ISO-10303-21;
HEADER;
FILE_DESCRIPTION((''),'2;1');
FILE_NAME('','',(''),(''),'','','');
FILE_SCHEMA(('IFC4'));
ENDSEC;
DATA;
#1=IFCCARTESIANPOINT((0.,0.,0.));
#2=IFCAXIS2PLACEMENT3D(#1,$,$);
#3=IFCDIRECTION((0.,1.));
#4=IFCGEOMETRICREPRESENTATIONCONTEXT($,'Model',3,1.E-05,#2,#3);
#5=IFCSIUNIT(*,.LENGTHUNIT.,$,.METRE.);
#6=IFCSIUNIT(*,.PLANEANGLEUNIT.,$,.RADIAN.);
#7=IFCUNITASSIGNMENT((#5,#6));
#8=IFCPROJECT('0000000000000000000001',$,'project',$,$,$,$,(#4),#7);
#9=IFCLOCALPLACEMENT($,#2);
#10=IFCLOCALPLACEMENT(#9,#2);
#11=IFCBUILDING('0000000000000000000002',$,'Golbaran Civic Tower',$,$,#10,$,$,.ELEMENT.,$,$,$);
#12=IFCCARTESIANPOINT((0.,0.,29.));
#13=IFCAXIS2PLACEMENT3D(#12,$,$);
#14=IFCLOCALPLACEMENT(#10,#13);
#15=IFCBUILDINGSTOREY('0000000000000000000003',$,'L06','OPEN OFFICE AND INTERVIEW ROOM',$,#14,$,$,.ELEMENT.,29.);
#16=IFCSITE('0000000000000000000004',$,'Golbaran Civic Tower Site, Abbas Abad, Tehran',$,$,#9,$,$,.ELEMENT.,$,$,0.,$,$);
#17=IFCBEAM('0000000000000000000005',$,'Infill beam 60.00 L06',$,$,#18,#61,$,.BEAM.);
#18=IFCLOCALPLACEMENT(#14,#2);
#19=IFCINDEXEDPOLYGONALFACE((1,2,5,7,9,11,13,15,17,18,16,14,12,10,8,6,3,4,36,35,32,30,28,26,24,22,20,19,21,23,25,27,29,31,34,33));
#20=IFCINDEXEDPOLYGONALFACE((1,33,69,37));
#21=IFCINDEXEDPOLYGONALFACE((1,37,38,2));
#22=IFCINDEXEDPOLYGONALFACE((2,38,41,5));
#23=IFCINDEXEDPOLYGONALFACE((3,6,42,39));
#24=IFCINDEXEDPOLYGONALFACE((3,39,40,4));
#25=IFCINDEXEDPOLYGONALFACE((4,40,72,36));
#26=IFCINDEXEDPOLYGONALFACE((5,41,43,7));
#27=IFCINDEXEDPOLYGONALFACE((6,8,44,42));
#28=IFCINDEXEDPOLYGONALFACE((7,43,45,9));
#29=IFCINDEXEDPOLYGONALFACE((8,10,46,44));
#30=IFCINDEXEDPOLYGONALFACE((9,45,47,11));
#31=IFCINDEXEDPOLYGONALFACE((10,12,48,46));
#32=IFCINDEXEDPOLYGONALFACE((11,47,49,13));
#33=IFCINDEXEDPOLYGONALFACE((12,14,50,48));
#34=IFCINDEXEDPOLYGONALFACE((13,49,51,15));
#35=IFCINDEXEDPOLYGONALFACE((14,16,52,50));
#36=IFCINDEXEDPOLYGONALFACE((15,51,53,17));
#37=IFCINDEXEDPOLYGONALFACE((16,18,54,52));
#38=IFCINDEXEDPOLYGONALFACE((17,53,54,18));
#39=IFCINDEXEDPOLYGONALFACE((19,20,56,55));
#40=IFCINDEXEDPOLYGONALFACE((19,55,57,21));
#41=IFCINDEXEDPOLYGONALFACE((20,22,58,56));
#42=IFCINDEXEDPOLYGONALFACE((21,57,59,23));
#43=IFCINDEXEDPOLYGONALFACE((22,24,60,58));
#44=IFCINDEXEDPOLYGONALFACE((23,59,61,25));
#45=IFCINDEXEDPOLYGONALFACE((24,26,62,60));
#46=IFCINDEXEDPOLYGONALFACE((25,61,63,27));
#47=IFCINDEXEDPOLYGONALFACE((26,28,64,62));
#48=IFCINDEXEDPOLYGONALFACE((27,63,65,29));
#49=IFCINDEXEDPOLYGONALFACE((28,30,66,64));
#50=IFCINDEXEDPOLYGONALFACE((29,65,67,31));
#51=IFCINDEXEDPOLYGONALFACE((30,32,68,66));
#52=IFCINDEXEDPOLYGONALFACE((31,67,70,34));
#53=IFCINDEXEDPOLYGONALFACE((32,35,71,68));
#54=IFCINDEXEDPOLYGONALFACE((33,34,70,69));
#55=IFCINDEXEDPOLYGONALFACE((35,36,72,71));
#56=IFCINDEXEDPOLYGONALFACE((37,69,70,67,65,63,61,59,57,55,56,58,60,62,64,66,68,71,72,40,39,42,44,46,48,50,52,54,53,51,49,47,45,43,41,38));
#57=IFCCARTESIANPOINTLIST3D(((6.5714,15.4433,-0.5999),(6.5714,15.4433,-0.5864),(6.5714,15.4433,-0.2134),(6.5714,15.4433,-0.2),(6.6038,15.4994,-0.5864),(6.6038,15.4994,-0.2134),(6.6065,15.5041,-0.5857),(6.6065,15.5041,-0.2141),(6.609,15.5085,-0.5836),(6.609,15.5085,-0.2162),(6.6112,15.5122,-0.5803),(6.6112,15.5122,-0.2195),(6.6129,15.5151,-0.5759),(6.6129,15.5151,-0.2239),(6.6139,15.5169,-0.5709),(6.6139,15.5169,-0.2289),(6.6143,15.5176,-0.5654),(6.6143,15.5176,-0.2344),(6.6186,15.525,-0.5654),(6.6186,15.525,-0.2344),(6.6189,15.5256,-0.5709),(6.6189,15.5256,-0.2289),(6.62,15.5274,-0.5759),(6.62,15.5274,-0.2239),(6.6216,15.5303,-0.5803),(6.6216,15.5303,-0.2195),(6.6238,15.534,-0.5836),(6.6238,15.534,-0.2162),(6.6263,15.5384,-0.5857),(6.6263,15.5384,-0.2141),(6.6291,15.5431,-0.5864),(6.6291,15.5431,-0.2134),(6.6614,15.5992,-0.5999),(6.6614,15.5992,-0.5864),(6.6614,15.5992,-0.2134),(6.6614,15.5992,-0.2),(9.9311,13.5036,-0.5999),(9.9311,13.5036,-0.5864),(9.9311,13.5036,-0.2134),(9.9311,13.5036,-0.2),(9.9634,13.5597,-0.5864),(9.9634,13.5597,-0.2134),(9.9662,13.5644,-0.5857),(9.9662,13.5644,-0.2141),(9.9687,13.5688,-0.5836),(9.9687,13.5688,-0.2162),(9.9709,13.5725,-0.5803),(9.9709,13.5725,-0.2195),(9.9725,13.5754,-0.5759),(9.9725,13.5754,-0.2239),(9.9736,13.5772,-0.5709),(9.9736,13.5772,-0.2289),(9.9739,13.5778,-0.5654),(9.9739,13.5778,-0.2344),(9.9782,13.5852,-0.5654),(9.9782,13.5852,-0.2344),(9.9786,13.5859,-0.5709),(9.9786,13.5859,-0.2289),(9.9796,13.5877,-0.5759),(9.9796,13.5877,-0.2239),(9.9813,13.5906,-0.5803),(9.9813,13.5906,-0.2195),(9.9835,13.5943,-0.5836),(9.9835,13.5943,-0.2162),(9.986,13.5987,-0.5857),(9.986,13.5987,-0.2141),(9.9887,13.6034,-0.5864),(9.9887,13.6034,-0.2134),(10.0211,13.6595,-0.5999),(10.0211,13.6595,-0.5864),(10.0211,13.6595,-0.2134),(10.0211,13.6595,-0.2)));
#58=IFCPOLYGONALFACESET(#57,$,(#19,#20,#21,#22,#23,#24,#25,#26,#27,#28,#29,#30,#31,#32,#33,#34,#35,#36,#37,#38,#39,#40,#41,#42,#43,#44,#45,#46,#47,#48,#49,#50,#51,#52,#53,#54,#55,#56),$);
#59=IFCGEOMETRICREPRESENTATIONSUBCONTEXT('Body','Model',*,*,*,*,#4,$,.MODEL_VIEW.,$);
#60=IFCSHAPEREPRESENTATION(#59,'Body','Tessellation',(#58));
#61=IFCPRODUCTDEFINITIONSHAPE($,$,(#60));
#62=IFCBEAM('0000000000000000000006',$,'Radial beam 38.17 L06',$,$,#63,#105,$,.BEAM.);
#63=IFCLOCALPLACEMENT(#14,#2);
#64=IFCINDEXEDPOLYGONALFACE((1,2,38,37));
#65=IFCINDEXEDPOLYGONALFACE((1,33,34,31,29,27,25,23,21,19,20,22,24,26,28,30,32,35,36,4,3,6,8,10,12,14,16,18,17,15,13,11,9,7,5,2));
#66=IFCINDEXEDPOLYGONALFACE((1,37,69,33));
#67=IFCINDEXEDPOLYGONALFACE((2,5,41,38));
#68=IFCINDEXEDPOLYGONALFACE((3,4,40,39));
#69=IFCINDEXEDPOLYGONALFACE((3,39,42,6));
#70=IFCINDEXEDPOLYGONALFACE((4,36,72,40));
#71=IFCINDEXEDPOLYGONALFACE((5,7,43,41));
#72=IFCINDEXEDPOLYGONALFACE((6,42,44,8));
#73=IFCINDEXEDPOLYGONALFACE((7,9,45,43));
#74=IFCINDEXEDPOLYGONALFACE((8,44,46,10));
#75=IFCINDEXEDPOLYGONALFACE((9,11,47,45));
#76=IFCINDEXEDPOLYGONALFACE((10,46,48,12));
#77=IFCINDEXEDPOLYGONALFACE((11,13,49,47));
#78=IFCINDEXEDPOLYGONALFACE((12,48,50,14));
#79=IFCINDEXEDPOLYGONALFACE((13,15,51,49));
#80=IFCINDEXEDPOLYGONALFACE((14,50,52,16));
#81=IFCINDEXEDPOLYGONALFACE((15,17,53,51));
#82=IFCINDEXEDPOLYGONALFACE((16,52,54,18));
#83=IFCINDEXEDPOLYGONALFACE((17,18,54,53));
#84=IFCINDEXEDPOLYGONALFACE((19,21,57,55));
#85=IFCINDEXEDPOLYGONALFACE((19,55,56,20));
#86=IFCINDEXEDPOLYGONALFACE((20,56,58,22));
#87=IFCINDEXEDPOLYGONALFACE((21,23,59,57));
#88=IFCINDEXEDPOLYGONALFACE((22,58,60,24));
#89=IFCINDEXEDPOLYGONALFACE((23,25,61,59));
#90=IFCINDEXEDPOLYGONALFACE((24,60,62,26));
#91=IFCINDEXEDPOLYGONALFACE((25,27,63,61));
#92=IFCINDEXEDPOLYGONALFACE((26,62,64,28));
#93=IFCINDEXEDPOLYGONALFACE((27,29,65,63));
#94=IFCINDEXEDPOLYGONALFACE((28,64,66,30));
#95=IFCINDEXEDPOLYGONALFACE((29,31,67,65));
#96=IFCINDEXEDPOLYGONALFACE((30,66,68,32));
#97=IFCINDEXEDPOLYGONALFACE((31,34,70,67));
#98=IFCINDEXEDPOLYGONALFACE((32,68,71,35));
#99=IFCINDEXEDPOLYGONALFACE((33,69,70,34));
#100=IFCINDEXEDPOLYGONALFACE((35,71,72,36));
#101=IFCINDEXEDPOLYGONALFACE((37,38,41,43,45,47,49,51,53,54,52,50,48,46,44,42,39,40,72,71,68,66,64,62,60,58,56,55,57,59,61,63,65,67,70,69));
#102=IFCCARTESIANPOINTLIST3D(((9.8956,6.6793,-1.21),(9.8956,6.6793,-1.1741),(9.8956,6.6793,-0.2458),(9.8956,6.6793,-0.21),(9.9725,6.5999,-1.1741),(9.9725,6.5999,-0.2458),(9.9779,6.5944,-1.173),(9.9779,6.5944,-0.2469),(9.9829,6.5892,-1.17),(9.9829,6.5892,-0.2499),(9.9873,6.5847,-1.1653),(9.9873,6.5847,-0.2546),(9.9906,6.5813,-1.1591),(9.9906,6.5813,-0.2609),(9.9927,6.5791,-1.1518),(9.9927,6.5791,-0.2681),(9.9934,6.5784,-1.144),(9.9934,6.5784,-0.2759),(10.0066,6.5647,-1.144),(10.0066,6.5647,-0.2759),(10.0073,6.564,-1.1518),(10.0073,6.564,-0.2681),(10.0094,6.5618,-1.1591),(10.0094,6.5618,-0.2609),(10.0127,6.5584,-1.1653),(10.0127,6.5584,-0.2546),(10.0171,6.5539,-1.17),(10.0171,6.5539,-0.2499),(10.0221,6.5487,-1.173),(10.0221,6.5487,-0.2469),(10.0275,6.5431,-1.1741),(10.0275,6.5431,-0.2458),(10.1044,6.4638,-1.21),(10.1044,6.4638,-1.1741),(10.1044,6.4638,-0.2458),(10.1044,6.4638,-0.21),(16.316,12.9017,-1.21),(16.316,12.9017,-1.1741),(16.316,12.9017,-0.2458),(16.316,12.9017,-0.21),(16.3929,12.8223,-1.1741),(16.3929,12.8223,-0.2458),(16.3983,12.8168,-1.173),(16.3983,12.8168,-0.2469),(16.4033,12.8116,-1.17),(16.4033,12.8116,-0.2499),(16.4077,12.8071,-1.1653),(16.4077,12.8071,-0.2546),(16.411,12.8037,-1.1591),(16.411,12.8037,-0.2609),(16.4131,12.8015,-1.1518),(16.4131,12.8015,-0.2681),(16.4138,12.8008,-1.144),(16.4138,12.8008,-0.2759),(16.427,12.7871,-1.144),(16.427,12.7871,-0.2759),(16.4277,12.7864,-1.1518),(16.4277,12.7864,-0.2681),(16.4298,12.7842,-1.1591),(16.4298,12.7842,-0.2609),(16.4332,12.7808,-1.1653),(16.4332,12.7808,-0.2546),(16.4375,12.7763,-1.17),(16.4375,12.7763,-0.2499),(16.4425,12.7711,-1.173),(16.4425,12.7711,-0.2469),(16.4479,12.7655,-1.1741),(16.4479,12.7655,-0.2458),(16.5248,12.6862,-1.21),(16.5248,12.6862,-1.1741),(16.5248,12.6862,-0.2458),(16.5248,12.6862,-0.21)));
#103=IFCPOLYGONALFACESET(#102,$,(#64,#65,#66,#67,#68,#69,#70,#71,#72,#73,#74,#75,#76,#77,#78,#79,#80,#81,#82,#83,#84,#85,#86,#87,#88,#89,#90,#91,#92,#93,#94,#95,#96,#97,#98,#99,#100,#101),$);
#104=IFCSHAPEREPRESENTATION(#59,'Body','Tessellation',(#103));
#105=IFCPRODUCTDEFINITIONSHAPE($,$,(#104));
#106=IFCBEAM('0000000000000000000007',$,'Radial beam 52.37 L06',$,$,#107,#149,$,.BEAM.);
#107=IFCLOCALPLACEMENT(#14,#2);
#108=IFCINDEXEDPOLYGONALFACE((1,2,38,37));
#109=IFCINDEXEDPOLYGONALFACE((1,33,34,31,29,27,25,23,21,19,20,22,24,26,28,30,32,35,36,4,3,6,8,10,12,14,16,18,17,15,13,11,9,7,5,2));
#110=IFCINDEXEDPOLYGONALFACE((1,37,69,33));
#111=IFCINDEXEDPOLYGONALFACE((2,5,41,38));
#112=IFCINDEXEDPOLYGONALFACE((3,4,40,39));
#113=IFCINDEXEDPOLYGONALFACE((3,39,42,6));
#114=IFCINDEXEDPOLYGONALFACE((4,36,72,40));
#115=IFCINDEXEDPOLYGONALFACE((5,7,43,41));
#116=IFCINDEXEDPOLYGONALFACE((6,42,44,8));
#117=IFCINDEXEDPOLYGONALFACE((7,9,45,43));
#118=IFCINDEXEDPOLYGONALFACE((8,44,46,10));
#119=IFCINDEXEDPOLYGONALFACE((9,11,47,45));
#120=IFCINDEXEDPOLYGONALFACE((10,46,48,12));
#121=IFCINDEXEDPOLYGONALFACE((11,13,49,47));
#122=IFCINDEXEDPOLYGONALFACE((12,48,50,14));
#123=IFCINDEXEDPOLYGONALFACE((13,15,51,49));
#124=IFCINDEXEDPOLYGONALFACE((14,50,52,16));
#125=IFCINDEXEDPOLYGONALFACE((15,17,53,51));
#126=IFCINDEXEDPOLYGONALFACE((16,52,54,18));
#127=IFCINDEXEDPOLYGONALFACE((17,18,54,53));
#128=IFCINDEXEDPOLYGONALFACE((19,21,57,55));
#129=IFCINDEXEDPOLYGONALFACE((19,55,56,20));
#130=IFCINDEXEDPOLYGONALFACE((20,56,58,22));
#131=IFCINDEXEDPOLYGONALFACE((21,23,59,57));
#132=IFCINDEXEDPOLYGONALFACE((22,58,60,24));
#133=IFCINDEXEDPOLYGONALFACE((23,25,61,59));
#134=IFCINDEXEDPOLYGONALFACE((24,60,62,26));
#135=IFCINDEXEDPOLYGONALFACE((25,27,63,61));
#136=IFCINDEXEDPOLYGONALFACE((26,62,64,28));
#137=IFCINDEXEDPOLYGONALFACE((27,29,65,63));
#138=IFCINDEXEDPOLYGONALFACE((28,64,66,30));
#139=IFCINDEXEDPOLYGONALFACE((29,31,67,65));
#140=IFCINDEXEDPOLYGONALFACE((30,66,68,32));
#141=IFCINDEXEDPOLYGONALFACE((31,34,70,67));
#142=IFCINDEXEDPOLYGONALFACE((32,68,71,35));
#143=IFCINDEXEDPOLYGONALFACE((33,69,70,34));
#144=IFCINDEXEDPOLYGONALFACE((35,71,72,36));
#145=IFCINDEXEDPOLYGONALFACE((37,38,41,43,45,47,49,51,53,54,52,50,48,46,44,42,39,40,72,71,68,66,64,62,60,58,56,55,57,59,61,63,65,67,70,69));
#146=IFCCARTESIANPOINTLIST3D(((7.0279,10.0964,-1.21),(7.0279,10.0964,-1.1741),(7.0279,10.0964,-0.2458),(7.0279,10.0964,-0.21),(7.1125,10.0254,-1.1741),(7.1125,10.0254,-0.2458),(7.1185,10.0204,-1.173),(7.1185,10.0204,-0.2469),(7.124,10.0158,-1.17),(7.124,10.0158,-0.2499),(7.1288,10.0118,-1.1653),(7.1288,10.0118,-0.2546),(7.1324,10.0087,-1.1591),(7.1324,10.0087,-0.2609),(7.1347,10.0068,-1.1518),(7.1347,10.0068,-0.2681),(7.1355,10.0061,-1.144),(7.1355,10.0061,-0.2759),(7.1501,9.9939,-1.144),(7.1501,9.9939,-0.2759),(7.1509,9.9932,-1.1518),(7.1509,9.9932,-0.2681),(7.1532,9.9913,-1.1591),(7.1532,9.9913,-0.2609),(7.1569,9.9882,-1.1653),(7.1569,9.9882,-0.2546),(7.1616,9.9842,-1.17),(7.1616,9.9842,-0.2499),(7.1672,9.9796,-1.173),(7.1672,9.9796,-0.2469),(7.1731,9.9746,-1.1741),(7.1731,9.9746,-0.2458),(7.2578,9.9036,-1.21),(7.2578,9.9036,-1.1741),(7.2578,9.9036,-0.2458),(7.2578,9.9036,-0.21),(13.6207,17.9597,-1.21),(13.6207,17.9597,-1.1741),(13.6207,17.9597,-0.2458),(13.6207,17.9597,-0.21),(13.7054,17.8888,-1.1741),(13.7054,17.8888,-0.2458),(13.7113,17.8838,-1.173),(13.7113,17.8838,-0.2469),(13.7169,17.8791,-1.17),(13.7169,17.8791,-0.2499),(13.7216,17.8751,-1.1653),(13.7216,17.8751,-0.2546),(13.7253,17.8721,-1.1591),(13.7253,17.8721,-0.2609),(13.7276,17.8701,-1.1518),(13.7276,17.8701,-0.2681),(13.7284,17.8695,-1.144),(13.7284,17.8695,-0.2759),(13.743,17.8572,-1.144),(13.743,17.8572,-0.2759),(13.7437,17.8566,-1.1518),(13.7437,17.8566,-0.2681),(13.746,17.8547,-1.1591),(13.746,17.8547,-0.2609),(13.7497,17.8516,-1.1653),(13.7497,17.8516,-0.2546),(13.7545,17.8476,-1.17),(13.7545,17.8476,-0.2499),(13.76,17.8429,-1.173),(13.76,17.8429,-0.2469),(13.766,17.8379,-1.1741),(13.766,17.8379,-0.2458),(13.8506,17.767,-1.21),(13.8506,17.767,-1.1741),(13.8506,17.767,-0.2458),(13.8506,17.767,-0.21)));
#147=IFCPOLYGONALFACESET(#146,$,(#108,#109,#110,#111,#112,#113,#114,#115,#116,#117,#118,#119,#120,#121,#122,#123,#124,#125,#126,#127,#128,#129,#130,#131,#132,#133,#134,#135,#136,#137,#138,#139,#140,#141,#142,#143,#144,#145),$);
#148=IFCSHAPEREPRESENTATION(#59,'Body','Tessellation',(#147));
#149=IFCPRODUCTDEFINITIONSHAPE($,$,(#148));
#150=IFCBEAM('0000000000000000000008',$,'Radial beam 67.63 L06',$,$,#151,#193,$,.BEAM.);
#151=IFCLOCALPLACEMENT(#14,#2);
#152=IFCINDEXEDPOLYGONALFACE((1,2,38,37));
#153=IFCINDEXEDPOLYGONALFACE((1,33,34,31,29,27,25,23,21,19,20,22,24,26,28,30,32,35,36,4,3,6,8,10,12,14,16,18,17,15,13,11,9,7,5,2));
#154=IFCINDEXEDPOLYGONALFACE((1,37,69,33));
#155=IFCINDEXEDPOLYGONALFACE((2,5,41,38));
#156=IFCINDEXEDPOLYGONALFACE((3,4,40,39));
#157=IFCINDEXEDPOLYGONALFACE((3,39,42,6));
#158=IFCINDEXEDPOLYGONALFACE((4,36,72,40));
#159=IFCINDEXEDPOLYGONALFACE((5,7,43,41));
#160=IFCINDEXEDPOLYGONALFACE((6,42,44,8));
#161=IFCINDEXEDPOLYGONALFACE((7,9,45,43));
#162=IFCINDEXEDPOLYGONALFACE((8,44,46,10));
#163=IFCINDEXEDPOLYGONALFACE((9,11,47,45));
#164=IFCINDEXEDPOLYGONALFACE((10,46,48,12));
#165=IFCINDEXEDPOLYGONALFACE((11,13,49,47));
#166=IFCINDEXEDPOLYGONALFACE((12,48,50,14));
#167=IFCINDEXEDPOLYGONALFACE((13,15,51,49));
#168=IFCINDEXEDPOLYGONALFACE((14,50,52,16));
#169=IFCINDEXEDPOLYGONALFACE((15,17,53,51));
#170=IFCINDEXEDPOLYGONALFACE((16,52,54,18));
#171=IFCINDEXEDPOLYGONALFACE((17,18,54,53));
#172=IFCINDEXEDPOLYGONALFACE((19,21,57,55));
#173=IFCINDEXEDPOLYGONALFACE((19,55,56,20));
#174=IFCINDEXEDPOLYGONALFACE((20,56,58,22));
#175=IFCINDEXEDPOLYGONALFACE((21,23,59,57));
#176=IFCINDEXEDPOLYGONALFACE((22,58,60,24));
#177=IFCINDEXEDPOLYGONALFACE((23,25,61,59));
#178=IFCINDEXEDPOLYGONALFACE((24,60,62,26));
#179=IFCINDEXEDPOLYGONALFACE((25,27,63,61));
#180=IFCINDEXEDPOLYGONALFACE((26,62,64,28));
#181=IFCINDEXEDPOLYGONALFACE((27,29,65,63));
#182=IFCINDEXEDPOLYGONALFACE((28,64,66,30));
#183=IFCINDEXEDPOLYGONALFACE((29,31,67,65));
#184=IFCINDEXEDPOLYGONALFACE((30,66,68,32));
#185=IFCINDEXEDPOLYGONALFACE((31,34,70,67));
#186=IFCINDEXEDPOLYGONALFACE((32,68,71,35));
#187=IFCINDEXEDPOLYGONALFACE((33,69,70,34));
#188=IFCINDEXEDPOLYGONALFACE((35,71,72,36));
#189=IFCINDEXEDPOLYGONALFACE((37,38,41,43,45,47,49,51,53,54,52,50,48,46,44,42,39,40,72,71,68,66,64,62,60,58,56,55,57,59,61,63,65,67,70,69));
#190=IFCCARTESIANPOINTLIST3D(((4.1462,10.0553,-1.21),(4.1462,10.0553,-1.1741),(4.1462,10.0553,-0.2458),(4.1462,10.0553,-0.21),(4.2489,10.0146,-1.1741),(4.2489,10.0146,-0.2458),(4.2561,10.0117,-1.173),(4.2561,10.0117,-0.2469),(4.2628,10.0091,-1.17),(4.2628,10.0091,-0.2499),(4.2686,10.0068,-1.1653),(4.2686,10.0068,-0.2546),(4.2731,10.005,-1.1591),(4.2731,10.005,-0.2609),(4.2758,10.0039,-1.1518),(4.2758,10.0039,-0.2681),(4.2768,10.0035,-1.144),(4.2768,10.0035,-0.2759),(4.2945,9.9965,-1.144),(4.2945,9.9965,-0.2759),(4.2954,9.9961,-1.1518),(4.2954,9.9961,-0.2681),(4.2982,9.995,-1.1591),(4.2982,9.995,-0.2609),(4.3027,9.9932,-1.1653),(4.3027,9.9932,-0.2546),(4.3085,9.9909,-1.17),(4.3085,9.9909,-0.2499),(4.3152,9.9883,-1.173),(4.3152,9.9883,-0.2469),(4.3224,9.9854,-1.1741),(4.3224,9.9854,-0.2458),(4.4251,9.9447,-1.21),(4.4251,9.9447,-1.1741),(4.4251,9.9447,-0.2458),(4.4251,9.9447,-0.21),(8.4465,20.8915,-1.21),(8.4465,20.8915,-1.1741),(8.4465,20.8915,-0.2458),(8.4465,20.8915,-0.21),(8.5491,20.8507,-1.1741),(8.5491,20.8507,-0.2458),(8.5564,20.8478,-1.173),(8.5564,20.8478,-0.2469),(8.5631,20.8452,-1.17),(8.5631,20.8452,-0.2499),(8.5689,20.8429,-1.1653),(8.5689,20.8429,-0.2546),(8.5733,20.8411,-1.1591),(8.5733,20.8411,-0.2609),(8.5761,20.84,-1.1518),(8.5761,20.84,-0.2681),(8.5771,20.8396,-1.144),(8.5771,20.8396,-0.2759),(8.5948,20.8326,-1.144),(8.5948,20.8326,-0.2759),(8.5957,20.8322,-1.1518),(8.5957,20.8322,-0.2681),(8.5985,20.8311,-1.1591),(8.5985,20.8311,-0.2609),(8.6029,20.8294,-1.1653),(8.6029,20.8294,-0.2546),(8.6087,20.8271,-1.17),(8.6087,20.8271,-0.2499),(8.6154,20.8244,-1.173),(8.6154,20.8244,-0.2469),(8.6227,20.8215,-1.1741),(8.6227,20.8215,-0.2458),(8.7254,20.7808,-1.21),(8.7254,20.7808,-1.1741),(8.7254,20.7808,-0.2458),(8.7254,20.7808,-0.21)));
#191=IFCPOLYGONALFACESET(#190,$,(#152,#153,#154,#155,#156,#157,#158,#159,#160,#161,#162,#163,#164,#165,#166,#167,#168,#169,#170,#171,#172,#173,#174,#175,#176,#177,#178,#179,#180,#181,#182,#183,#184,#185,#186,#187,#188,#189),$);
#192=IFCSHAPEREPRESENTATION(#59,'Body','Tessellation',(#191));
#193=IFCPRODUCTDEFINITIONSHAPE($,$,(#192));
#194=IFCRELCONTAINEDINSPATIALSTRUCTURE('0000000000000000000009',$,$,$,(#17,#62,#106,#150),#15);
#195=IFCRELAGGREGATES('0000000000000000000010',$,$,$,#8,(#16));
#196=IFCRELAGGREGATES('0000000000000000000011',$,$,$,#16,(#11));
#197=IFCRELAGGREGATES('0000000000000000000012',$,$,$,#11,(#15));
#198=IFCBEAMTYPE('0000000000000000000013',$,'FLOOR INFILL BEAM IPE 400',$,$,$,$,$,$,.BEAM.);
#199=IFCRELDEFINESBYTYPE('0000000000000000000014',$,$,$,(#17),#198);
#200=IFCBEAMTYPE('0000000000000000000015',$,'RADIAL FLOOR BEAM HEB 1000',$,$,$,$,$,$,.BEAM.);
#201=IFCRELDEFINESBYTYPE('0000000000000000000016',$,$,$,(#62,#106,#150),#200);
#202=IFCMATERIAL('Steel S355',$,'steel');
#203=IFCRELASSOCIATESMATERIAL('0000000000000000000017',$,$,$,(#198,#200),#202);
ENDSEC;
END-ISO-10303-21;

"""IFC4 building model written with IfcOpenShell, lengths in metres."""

from ifc_helpers import new_model, si_unit, direction, frame, origin, origin_2d, place, context, subcontext, project, spatial, i_section, extrude, material, material_profile, profile_set, type_object, element, save


model = new_model("IFC4")

# Units and contexts
model_context = context("Model", 3, precision=1e-05, world=origin(), true_north=direction((0.0, 1.0)))
body_context = subcontext(model_context, "Body", "Model", "MODEL_VIEW")
ifc_project = project(units=[si_unit("LENGTHUNIT", "METRE"), si_unit("PLANEANGLEUNIT", "RADIAN")], contexts=[model_context])

# Site, building, storey
site_placement = place(None, origin())
site = spatial("IfcSite", under=ifc_project, at=site_placement, Name="Golbaran Civic Tower Site, Abbas Abad, Tehran", CompositionType="ELEMENT", RefElevation=0.0)
building_placement = place(site_placement, origin())
building = spatial("IfcBuilding", under=site, at=building_placement, Name="Golbaran Civic Tower", CompositionType="ELEMENT")
storey_placement = place(building_placement, frame((0.0, 0.0, 29.0)))
storey = spatial("IfcBuildingStorey", under=building, at=storey_placement, Name="L06", Description="OPEN OFFICE AND INTERVIEW ROOM", CompositionType="ELEMENT", Elevation=29.0)

# Beams
ifc_material_1 = material(Name="Steel S355", Category="steel")
ifc_material_profile_1 = material_profile(ifc_material_1, i_section(OverallWidth=0.1799, OverallDepth=0.3999, WebThickness=0.0085, FlangeThickness=0.0134, FilletRadius=0.021, at=origin_2d()), Name="IPE 400")
ifc_profile_set_1 = profile_set([ifc_material_profile_1], Name="Steel S355")
beam_type_1 = type_object("IfcBeamType", Name="FLOOR INFILL BEAM IPE 400", PredefinedType="BEAM", material=ifc_profile_set_1)
beam_1_placement = place(storey_placement, frame((9.9761, 13.5815, -0.3999), z_axis=(-0.866023, 0.500004, 0.0), x_axis=(-0.500004, -0.866023, 0.0)))
element("IfcBeam", 1, at=beam_1_placement, inside=storey, type_object=beam_type_1, Name="Infill beam 60.00 L06", PredefinedType="BEAM", context=body_context, shape_type="SweptSolid", body=[
    extrude(i_section(OverallWidth=0.1799, OverallDepth=0.3999, WebThickness=0.0085, FlangeThickness=0.0134, FilletRadius=0.021, at=origin_2d()), origin(), (0.0, 0.0, 1.0), 3.8794),
])
ifc_material_profile_2 = material_profile(ifc_material_1, i_section(OverallWidth=0.3, OverallDepth=1.0, WebThickness=0.019, FlangeThickness=0.0359, FilletRadius=0.03, at=origin_2d()), Name="HEB 1000")
ifc_profile_set_2 = profile_set([ifc_material_profile_2], Name="Steel S355")
beam_type_2 = type_object("IfcBeamType", Name="RADIAL FLOOR BEAM HEB 1000", PredefinedType="BEAM", material=ifc_profile_set_2)
beam_2_placement = place(storey_placement, frame((10.0, 6.5715, -0.71), z_axis=(0.718093, 0.695948, 0.0), x_axis=(-0.695948, 0.718093, 0.0)))
element("IfcBeam", 2, at=beam_2_placement, inside=storey, type_object=beam_type_2, Name="Radial beam 38.17 L06", PredefinedType="BEAM", context=body_context, shape_type="SweptSolid", body=[
    extrude(i_section(OverallWidth=0.3, OverallDepth=1.0, WebThickness=0.019, FlangeThickness=0.0359, FilletRadius=0.03, at=origin_2d()), origin(), (0.0, 0.0, 1.0), 8.9409),
])
beam_3_placement = place(storey_placement, frame((7.1428, 10.0, -0.71), z_axis=(0.642484, 0.766299, 0.0), x_axis=(-0.766299, 0.642484, 0.0)))
element("IfcBeam", 3, at=beam_3_placement, inside=storey, type_object=beam_type_2, Name="Radial beam 52.37 L06", PredefinedType="BEAM", context=body_context, shape_type="SweptSolid", body=[
    extrude(i_section(OverallWidth=0.3, OverallDepth=1.0, WebThickness=0.019, FlangeThickness=0.0359, FilletRadius=0.03, at=origin_2d()), origin(), (0.0, 0.0, 1.0), 10.2615),
])
beam_4_placement = place(storey_placement, frame((4.2856, 10.0, -0.71), z_axis=(0.368862, 0.929484, 0.0), x_axis=(-0.929484, 0.368862, 0.0)))
element("IfcBeam", 4, at=beam_4_placement, inside=storey, type_object=beam_type_2, Name="Radial beam 67.63 L06", PredefinedType="BEAM", context=body_context, shape_type="SweptSolid", body=[
    extrude(i_section(OverallWidth=0.3, OverallDepth=1.0, WebThickness=0.019, FlangeThickness=0.0359, FilletRadius=0.03, at=origin_2d()), origin(), (0.0, 0.0, 1.0), 11.6582),
])

save(model, "model.ifc")
